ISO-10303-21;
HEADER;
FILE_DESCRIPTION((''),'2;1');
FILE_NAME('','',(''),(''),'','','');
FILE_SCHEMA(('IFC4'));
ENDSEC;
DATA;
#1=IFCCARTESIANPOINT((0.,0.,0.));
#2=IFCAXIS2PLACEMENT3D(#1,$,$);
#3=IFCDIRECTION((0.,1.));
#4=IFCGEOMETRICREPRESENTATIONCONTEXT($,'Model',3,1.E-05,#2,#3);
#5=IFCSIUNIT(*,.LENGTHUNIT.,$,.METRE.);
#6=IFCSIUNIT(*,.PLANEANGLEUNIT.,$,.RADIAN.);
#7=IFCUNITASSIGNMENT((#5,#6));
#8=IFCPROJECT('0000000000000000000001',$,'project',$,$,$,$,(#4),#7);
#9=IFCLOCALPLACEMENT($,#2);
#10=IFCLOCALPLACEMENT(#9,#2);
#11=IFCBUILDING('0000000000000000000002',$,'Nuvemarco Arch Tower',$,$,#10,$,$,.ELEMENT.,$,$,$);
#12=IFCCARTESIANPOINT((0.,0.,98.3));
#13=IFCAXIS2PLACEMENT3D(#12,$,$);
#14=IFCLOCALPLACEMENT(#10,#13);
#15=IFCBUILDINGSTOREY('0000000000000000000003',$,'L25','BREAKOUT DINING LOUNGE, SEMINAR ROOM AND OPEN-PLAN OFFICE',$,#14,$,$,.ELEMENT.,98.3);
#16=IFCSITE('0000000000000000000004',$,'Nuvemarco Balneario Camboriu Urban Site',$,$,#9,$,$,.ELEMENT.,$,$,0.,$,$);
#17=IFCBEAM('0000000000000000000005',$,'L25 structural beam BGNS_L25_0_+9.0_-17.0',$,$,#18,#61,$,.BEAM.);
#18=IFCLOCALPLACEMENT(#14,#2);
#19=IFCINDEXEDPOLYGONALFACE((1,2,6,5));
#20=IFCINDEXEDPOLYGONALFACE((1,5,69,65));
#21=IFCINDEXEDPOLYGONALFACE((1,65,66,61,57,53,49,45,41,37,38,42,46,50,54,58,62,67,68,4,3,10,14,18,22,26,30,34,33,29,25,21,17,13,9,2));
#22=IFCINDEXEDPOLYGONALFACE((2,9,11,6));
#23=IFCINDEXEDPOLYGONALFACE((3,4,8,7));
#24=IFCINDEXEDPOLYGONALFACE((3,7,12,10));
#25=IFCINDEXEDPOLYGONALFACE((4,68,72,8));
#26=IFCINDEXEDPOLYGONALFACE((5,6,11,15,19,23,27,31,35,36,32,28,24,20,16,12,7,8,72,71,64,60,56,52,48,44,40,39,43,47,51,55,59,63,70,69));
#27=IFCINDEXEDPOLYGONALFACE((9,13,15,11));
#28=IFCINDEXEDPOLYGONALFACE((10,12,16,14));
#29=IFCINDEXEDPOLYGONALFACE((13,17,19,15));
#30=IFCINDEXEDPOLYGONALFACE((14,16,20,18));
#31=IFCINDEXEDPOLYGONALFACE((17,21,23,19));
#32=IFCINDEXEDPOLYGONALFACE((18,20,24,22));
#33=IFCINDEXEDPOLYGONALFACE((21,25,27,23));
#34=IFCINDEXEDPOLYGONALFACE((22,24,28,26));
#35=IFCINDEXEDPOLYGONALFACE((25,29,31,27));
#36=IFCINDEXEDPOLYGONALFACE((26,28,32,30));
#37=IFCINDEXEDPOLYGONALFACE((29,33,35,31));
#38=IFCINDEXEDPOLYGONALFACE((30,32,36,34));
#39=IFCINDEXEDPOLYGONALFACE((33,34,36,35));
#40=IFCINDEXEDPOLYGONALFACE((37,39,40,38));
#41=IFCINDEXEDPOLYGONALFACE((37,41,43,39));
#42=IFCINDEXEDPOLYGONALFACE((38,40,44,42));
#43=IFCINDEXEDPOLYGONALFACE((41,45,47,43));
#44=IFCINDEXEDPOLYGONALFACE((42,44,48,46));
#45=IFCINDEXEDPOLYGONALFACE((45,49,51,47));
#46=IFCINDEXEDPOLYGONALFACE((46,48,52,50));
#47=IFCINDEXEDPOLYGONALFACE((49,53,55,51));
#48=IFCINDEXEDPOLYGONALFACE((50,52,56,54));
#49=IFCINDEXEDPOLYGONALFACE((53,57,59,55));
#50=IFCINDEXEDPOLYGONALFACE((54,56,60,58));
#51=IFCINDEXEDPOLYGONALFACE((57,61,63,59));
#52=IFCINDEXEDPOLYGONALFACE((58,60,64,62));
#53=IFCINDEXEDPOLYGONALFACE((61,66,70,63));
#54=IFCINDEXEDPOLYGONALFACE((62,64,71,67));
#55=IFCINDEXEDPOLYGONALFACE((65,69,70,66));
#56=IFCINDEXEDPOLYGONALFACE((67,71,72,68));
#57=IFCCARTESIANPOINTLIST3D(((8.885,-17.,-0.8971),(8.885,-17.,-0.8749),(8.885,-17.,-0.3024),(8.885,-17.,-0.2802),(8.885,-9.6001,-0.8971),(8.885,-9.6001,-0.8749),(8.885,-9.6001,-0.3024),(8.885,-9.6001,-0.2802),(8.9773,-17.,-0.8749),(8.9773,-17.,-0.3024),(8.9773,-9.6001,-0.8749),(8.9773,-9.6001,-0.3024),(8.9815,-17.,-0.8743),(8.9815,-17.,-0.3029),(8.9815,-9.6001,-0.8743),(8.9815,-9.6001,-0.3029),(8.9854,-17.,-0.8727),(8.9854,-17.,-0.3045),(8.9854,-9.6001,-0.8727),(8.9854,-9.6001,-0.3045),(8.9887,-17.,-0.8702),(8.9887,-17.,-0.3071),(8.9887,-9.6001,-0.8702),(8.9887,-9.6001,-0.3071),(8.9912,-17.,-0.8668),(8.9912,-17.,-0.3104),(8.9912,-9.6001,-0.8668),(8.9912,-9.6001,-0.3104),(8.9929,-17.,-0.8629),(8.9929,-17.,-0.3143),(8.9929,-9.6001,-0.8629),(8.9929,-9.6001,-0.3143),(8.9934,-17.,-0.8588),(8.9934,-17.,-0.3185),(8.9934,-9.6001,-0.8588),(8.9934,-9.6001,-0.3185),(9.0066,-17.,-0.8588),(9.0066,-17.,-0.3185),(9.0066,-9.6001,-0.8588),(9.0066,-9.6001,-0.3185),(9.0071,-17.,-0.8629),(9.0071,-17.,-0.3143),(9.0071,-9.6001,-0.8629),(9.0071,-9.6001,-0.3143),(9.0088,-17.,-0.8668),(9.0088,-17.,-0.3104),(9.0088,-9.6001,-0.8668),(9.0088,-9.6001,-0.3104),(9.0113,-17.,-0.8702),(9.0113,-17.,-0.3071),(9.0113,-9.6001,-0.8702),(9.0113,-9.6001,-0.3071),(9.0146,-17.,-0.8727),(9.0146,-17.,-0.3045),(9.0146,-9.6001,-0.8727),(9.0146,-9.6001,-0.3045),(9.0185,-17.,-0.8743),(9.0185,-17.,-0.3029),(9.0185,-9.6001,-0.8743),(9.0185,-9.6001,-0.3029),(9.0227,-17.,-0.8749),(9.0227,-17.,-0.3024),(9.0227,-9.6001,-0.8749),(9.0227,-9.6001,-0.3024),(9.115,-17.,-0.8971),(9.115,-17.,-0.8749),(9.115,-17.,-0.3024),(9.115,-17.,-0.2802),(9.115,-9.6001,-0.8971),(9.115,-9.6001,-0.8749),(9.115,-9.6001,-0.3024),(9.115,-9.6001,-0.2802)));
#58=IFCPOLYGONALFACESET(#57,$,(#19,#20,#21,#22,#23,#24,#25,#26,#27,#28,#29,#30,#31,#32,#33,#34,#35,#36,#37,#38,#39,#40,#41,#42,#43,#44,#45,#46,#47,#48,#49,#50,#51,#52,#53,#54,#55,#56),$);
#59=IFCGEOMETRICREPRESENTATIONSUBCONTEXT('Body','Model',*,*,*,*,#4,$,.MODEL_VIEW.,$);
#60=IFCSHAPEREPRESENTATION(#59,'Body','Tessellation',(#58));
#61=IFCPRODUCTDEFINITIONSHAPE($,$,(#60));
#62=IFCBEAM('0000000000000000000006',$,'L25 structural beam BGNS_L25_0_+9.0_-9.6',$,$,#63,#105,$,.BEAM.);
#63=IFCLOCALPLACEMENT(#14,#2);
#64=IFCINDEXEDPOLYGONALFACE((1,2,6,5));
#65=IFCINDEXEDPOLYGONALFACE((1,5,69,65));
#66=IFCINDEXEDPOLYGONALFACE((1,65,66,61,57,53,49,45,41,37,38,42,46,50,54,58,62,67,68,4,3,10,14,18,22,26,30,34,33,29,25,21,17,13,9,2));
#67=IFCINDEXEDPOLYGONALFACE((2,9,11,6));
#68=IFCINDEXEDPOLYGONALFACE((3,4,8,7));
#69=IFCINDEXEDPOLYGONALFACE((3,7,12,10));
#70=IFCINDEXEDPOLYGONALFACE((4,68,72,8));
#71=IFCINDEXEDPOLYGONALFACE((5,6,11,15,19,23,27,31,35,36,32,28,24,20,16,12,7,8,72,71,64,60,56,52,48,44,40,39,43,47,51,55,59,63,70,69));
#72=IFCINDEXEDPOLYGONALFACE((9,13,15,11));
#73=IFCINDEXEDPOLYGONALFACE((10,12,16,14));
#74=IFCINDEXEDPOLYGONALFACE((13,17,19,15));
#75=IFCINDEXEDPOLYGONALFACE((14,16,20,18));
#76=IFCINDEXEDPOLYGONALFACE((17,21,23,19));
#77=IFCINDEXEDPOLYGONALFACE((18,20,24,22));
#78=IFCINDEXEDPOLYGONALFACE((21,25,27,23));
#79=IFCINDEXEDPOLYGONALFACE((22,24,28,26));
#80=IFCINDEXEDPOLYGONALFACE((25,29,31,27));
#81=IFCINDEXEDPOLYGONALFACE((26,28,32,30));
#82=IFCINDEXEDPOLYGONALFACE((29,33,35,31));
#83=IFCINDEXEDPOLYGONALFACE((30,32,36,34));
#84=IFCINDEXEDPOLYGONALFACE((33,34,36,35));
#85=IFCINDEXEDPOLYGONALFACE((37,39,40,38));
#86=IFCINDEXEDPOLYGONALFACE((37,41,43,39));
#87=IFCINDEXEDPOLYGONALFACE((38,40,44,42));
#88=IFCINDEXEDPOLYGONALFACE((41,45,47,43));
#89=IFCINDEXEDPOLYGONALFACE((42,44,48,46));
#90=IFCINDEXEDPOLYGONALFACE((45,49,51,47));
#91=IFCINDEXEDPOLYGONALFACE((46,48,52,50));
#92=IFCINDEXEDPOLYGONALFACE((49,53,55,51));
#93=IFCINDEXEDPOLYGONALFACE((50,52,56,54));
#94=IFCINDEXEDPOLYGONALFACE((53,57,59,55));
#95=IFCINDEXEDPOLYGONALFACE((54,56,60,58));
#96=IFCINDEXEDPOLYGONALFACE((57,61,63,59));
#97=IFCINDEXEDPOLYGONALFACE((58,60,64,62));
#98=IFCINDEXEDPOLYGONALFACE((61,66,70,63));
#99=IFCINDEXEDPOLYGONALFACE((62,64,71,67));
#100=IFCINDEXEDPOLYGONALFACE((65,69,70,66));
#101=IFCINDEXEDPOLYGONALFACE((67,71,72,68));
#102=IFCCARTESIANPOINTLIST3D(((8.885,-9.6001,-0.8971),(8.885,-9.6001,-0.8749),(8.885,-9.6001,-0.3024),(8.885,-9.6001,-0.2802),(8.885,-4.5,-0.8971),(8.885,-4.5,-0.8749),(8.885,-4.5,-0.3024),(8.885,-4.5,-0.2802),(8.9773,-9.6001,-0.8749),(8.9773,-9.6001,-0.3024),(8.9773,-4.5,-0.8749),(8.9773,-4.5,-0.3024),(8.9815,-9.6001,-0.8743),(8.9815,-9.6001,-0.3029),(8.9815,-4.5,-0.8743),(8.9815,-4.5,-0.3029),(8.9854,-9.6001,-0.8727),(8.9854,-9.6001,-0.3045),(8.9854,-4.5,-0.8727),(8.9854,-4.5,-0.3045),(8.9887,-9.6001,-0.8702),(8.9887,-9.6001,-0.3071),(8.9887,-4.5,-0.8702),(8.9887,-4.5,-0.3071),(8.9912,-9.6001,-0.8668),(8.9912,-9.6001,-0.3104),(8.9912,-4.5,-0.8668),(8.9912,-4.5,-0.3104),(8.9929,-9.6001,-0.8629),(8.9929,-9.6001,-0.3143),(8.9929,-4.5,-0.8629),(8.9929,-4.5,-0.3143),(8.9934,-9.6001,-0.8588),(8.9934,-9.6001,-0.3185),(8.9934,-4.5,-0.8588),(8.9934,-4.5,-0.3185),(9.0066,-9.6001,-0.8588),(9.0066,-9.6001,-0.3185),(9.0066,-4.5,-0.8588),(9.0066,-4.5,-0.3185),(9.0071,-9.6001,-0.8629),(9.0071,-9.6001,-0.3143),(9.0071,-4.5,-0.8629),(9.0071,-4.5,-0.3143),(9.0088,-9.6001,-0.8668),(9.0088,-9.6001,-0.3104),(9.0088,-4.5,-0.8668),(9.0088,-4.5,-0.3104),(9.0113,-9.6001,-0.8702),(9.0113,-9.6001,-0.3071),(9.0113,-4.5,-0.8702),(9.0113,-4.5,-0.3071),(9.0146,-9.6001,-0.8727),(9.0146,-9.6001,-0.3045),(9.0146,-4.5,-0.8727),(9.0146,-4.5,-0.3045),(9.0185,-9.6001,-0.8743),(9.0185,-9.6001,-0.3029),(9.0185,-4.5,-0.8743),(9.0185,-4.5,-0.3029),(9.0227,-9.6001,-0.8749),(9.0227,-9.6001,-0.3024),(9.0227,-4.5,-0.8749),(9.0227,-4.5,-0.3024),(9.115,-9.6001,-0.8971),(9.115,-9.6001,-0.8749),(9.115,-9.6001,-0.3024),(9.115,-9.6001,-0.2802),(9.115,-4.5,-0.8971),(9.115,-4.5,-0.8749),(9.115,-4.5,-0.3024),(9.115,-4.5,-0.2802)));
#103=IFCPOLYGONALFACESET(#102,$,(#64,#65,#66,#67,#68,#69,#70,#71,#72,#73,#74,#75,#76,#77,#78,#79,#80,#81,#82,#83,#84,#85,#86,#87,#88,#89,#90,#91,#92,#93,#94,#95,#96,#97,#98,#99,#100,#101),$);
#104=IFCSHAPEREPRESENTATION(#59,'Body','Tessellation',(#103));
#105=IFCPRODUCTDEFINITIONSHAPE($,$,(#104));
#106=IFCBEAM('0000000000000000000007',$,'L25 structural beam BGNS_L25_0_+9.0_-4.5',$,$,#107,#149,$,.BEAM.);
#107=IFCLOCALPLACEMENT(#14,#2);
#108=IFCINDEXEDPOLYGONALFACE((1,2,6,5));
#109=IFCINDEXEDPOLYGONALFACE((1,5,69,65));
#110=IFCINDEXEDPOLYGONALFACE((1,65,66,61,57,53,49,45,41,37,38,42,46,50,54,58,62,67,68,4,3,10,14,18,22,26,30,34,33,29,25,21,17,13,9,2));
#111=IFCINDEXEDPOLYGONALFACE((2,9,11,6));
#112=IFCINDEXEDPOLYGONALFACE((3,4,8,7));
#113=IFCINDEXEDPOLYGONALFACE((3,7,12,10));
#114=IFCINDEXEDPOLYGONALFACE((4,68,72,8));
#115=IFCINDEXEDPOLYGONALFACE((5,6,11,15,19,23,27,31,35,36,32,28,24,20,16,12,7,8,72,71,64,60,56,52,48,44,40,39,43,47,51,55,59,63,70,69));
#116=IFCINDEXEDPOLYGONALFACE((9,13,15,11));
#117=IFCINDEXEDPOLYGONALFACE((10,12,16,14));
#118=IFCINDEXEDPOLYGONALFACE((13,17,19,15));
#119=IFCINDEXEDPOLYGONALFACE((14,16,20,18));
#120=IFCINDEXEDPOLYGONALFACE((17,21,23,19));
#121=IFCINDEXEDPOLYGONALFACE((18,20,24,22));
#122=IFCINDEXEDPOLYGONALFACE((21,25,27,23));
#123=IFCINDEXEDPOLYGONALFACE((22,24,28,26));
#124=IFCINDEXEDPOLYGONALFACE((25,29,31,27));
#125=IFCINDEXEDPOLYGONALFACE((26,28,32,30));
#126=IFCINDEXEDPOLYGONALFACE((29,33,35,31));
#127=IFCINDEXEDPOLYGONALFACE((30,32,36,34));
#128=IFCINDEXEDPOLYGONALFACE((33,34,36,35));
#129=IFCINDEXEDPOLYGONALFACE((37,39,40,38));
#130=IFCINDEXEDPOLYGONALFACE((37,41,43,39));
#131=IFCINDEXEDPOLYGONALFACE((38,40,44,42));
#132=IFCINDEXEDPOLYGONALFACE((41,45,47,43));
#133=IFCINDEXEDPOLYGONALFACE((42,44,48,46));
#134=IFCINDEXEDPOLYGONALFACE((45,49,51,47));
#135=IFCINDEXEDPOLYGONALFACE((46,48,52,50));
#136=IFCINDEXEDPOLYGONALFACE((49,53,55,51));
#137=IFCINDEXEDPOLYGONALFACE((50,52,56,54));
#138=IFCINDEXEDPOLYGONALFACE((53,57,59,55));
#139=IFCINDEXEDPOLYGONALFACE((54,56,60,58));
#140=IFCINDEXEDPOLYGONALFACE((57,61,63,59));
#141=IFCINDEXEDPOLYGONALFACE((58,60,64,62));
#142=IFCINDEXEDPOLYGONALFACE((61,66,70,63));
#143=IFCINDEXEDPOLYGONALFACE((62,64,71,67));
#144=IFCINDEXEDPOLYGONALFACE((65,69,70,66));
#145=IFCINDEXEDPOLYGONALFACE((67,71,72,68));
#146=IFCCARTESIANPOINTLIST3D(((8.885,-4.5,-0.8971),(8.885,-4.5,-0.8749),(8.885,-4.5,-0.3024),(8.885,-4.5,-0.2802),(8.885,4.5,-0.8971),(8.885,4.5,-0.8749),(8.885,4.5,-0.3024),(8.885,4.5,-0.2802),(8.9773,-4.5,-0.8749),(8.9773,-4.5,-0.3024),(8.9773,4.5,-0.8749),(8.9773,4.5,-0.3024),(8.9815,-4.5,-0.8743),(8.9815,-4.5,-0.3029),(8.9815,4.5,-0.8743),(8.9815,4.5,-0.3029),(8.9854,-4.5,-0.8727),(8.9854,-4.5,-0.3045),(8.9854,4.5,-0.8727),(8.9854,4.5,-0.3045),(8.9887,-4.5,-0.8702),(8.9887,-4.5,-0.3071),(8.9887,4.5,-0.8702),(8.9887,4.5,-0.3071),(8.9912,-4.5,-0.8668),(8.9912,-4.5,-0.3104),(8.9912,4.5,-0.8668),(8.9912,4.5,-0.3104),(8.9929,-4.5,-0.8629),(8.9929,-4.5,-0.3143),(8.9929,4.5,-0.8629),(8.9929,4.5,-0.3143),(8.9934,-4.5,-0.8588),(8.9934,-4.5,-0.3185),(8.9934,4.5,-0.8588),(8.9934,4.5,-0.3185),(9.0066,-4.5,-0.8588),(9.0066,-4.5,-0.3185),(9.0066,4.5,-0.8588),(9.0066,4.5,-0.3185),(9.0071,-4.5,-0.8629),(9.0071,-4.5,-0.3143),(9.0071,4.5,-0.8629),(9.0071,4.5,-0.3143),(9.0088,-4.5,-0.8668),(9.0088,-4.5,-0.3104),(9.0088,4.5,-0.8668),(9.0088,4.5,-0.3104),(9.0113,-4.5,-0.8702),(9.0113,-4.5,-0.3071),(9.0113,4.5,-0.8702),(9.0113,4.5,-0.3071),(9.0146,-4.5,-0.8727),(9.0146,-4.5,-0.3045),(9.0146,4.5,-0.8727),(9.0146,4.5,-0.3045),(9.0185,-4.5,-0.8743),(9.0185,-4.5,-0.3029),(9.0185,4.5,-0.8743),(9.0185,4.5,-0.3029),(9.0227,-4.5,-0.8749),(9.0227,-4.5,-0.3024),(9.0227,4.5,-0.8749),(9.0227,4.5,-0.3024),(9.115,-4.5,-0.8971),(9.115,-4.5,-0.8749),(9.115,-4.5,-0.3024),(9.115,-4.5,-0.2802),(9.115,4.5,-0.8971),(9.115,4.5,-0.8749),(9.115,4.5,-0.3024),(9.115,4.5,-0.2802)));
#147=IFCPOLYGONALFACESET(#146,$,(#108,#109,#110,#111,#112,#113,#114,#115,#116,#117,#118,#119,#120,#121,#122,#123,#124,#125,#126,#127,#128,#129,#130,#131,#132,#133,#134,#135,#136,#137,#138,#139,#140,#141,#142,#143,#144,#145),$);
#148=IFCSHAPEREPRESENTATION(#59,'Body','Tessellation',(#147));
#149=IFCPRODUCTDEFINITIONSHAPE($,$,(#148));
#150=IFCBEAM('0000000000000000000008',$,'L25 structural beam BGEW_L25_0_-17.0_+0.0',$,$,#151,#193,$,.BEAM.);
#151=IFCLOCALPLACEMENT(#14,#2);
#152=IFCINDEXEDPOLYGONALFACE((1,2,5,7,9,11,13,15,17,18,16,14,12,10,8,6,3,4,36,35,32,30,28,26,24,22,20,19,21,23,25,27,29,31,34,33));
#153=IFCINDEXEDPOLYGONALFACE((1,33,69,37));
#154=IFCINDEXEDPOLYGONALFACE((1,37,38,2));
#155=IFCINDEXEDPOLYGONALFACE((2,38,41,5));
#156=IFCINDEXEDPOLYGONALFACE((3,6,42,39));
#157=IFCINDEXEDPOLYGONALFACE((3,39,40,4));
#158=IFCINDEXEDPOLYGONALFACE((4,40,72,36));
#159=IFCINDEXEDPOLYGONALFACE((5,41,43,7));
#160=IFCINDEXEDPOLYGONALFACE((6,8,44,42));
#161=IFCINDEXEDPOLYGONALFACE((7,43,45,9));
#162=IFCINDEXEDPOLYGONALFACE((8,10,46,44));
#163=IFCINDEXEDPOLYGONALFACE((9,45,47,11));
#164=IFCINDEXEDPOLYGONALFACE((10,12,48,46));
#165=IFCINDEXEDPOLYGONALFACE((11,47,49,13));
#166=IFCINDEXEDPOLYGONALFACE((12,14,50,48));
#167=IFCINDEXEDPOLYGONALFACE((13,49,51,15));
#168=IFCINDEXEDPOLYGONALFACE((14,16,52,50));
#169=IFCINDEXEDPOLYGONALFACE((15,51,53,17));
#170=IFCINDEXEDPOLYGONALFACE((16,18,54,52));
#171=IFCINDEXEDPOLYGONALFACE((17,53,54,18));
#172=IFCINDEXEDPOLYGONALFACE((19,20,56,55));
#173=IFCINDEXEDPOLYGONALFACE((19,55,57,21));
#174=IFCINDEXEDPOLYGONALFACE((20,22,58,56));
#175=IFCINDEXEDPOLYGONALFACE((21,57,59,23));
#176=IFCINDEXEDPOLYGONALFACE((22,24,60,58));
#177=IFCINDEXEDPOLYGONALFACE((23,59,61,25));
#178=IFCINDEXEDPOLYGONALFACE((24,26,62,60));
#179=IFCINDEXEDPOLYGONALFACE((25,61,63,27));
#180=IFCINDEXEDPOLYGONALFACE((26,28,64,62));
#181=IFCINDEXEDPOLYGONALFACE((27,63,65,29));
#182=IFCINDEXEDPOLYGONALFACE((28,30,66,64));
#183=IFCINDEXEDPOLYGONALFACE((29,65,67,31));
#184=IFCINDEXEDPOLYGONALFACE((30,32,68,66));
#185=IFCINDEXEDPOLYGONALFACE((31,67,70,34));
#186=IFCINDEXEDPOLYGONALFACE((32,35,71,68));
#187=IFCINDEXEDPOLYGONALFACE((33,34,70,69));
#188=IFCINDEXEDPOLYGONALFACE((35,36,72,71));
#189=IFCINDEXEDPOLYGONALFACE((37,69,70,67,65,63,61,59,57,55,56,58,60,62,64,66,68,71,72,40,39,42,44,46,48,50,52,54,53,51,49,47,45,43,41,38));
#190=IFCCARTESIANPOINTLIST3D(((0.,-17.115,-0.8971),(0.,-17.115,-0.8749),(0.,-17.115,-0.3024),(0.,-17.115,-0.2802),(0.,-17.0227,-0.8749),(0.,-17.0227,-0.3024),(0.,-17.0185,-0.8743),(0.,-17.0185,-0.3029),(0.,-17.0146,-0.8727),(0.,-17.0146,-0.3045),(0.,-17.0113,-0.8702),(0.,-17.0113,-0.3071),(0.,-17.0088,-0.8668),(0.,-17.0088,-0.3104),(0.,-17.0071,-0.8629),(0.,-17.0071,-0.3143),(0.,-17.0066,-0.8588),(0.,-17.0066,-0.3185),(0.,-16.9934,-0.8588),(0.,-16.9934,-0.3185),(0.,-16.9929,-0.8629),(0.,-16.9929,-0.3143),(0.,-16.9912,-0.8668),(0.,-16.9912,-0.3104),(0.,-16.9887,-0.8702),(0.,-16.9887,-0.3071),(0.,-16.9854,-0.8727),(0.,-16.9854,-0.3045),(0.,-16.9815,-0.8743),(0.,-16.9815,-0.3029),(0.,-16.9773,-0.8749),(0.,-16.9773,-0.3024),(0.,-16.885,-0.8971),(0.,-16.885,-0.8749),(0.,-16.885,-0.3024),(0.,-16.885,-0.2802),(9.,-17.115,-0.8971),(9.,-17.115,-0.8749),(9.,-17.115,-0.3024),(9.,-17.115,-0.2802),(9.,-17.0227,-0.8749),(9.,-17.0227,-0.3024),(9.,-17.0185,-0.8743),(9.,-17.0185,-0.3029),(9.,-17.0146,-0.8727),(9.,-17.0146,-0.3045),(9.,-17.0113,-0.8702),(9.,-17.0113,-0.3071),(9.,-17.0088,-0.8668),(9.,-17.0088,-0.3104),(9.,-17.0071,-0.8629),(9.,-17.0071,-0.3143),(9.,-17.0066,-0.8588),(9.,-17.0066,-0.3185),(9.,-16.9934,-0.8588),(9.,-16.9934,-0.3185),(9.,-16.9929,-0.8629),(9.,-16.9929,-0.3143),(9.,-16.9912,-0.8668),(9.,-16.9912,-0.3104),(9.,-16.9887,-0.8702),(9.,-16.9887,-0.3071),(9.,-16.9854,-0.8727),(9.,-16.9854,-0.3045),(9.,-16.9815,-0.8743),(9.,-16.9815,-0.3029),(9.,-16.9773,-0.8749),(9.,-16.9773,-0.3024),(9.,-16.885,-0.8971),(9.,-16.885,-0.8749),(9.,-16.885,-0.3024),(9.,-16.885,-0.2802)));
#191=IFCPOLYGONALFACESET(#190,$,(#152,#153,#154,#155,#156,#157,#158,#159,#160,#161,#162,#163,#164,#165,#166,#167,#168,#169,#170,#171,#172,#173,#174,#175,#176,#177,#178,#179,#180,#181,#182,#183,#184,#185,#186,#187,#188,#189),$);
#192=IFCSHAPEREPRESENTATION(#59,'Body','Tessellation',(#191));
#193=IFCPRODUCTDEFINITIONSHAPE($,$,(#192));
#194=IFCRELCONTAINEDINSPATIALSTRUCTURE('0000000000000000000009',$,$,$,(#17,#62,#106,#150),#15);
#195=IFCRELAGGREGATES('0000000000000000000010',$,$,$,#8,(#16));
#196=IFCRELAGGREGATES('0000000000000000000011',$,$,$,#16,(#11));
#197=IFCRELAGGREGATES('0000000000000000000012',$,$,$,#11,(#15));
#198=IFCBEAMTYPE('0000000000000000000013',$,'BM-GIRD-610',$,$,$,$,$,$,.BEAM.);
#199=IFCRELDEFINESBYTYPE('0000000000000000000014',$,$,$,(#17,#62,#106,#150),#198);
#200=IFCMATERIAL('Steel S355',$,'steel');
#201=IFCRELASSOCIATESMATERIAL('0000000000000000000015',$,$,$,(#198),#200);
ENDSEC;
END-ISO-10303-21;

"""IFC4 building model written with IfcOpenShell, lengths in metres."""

from ifc_helpers import new_model, si_unit, direction, frame, origin, origin_2d, place, context, subcontext, project, spatial, i_section, extrude, material, material_profile, profile_set, type_object, element, save


model = new_model("IFC4")

# Units and contexts
model_context = context("Model", 3, precision=1e-05, world=origin(), true_north=direction((0.0, 1.0)))
body_context = subcontext(model_context, "Body", "Model", "MODEL_VIEW")
ifc_project = project(units=[si_unit("LENGTHUNIT", "METRE"), si_unit("PLANEANGLEUNIT", "RADIAN")], contexts=[model_context])

# Site, building, storey
site_placement = place(None, origin())
site = spatial("IfcSite", under=ifc_project, at=site_placement, Name="Nuvemarco Balneario Camboriu Urban Site", CompositionType="ELEMENT", RefElevation=0.0)
building_placement = place(site_placement, origin())
building = spatial("IfcBuilding", under=site, at=building_placement, Name="Nuvemarco Arch Tower", CompositionType="ELEMENT")
storey_placement = place(building_placement, frame((0.0, 0.0, 98.3)))
storey = spatial("IfcBuildingStorey", under=building, at=storey_placement, Name="L25", Description="BREAKOUT DINING LOUNGE, SEMINAR ROOM AND OPEN-PLAN OFFICE", CompositionType="ELEMENT", Elevation=98.3)

# Shared definitions
ifc_material_1 = material(Name="Steel S355", Category="steel")

# Beams
ifc_material_profile_1 = material_profile(ifc_material_1, i_section(OverallWidth=0.23, OverallDepth=0.6169, WebThickness=0.0132, FlangeThickness=0.0222, FilletRadius=0.0161, at=origin_2d()), Name="W610x140")
ifc_profile_set_1 = profile_set([ifc_material_profile_1], Name="Steel S355")
beam_type_1 = type_object("IfcBeamType", Name="BM-GIRD-610", PredefinedType="BEAM", material=ifc_profile_set_1)
beam_1_placement = place(storey_placement, frame((9.0, -17.0, -0.5886), z_axis=(0.0, 1.0, 0.0), x_axis=(-1.0, 0.0, 0.0)))
element("IfcBeam", 1, at=beam_1_placement, inside=storey, type_object=beam_type_1, Name="L25 structural beam BGNS_L25_0_+9.0_-17.0", PredefinedType="BEAM", context=body_context, shape_type="SweptSolid", body=[
    extrude(i_section(OverallWidth=0.23, OverallDepth=0.6169, WebThickness=0.0132, FlangeThickness=0.0222, FilletRadius=0.0161, at=origin_2d()), origin(), (0.0, 0.0, 1.0), 7.3999),
])
beam_2_placement = place(storey_placement, frame((9.0, -9.6001, -0.5886), z_axis=(0.0, 1.0, 0.0), x_axis=(-1.0, 0.0, 0.0)))
element("IfcBeam", 2, at=beam_2_placement, inside=storey, type_object=beam_type_1, Name="L25 structural beam BGNS_L25_0_+9.0_-9.6", PredefinedType="BEAM", context=body_context, shape_type="SweptSolid", body=[
    extrude(i_section(OverallWidth=0.23, OverallDepth=0.6169, WebThickness=0.0132, FlangeThickness=0.0222, FilletRadius=0.0161, at=origin_2d()), origin(), (0.0, 0.0, 1.0), 5.1001),
])
for number, where, z_axis, x_axis, name in (
    (3, (9.0, -4.5, -0.5886), (0.0, 1.0, 0.0), (-1.0, 0.0, 0.0), "L25 structural beam BGNS_L25_0_+9.0_-4.5"),
    (4, (0.0, -17.0, -0.5886), (1.0, 0.0, 0.0), (0.0, 1.0, 0.0), "L25 structural beam BGEW_L25_0_-17.0_+0.0"),
):
    element("IfcBeam", number, at=place(storey_placement, frame(where, z_axis=z_axis, x_axis=x_axis)), inside=storey, type_object=beam_type_1, Name=name, PredefinedType="BEAM", context=body_context, shape_type="SweptSolid", body=[
        extrude(i_section(OverallWidth=0.23, OverallDepth=0.6169, WebThickness=0.0132, FlangeThickness=0.0222, FilletRadius=0.0161, at=origin_2d()), origin(), (0.0, 0.0, 1.0), 9.0),
    ])

save(model, "model.ifc")
